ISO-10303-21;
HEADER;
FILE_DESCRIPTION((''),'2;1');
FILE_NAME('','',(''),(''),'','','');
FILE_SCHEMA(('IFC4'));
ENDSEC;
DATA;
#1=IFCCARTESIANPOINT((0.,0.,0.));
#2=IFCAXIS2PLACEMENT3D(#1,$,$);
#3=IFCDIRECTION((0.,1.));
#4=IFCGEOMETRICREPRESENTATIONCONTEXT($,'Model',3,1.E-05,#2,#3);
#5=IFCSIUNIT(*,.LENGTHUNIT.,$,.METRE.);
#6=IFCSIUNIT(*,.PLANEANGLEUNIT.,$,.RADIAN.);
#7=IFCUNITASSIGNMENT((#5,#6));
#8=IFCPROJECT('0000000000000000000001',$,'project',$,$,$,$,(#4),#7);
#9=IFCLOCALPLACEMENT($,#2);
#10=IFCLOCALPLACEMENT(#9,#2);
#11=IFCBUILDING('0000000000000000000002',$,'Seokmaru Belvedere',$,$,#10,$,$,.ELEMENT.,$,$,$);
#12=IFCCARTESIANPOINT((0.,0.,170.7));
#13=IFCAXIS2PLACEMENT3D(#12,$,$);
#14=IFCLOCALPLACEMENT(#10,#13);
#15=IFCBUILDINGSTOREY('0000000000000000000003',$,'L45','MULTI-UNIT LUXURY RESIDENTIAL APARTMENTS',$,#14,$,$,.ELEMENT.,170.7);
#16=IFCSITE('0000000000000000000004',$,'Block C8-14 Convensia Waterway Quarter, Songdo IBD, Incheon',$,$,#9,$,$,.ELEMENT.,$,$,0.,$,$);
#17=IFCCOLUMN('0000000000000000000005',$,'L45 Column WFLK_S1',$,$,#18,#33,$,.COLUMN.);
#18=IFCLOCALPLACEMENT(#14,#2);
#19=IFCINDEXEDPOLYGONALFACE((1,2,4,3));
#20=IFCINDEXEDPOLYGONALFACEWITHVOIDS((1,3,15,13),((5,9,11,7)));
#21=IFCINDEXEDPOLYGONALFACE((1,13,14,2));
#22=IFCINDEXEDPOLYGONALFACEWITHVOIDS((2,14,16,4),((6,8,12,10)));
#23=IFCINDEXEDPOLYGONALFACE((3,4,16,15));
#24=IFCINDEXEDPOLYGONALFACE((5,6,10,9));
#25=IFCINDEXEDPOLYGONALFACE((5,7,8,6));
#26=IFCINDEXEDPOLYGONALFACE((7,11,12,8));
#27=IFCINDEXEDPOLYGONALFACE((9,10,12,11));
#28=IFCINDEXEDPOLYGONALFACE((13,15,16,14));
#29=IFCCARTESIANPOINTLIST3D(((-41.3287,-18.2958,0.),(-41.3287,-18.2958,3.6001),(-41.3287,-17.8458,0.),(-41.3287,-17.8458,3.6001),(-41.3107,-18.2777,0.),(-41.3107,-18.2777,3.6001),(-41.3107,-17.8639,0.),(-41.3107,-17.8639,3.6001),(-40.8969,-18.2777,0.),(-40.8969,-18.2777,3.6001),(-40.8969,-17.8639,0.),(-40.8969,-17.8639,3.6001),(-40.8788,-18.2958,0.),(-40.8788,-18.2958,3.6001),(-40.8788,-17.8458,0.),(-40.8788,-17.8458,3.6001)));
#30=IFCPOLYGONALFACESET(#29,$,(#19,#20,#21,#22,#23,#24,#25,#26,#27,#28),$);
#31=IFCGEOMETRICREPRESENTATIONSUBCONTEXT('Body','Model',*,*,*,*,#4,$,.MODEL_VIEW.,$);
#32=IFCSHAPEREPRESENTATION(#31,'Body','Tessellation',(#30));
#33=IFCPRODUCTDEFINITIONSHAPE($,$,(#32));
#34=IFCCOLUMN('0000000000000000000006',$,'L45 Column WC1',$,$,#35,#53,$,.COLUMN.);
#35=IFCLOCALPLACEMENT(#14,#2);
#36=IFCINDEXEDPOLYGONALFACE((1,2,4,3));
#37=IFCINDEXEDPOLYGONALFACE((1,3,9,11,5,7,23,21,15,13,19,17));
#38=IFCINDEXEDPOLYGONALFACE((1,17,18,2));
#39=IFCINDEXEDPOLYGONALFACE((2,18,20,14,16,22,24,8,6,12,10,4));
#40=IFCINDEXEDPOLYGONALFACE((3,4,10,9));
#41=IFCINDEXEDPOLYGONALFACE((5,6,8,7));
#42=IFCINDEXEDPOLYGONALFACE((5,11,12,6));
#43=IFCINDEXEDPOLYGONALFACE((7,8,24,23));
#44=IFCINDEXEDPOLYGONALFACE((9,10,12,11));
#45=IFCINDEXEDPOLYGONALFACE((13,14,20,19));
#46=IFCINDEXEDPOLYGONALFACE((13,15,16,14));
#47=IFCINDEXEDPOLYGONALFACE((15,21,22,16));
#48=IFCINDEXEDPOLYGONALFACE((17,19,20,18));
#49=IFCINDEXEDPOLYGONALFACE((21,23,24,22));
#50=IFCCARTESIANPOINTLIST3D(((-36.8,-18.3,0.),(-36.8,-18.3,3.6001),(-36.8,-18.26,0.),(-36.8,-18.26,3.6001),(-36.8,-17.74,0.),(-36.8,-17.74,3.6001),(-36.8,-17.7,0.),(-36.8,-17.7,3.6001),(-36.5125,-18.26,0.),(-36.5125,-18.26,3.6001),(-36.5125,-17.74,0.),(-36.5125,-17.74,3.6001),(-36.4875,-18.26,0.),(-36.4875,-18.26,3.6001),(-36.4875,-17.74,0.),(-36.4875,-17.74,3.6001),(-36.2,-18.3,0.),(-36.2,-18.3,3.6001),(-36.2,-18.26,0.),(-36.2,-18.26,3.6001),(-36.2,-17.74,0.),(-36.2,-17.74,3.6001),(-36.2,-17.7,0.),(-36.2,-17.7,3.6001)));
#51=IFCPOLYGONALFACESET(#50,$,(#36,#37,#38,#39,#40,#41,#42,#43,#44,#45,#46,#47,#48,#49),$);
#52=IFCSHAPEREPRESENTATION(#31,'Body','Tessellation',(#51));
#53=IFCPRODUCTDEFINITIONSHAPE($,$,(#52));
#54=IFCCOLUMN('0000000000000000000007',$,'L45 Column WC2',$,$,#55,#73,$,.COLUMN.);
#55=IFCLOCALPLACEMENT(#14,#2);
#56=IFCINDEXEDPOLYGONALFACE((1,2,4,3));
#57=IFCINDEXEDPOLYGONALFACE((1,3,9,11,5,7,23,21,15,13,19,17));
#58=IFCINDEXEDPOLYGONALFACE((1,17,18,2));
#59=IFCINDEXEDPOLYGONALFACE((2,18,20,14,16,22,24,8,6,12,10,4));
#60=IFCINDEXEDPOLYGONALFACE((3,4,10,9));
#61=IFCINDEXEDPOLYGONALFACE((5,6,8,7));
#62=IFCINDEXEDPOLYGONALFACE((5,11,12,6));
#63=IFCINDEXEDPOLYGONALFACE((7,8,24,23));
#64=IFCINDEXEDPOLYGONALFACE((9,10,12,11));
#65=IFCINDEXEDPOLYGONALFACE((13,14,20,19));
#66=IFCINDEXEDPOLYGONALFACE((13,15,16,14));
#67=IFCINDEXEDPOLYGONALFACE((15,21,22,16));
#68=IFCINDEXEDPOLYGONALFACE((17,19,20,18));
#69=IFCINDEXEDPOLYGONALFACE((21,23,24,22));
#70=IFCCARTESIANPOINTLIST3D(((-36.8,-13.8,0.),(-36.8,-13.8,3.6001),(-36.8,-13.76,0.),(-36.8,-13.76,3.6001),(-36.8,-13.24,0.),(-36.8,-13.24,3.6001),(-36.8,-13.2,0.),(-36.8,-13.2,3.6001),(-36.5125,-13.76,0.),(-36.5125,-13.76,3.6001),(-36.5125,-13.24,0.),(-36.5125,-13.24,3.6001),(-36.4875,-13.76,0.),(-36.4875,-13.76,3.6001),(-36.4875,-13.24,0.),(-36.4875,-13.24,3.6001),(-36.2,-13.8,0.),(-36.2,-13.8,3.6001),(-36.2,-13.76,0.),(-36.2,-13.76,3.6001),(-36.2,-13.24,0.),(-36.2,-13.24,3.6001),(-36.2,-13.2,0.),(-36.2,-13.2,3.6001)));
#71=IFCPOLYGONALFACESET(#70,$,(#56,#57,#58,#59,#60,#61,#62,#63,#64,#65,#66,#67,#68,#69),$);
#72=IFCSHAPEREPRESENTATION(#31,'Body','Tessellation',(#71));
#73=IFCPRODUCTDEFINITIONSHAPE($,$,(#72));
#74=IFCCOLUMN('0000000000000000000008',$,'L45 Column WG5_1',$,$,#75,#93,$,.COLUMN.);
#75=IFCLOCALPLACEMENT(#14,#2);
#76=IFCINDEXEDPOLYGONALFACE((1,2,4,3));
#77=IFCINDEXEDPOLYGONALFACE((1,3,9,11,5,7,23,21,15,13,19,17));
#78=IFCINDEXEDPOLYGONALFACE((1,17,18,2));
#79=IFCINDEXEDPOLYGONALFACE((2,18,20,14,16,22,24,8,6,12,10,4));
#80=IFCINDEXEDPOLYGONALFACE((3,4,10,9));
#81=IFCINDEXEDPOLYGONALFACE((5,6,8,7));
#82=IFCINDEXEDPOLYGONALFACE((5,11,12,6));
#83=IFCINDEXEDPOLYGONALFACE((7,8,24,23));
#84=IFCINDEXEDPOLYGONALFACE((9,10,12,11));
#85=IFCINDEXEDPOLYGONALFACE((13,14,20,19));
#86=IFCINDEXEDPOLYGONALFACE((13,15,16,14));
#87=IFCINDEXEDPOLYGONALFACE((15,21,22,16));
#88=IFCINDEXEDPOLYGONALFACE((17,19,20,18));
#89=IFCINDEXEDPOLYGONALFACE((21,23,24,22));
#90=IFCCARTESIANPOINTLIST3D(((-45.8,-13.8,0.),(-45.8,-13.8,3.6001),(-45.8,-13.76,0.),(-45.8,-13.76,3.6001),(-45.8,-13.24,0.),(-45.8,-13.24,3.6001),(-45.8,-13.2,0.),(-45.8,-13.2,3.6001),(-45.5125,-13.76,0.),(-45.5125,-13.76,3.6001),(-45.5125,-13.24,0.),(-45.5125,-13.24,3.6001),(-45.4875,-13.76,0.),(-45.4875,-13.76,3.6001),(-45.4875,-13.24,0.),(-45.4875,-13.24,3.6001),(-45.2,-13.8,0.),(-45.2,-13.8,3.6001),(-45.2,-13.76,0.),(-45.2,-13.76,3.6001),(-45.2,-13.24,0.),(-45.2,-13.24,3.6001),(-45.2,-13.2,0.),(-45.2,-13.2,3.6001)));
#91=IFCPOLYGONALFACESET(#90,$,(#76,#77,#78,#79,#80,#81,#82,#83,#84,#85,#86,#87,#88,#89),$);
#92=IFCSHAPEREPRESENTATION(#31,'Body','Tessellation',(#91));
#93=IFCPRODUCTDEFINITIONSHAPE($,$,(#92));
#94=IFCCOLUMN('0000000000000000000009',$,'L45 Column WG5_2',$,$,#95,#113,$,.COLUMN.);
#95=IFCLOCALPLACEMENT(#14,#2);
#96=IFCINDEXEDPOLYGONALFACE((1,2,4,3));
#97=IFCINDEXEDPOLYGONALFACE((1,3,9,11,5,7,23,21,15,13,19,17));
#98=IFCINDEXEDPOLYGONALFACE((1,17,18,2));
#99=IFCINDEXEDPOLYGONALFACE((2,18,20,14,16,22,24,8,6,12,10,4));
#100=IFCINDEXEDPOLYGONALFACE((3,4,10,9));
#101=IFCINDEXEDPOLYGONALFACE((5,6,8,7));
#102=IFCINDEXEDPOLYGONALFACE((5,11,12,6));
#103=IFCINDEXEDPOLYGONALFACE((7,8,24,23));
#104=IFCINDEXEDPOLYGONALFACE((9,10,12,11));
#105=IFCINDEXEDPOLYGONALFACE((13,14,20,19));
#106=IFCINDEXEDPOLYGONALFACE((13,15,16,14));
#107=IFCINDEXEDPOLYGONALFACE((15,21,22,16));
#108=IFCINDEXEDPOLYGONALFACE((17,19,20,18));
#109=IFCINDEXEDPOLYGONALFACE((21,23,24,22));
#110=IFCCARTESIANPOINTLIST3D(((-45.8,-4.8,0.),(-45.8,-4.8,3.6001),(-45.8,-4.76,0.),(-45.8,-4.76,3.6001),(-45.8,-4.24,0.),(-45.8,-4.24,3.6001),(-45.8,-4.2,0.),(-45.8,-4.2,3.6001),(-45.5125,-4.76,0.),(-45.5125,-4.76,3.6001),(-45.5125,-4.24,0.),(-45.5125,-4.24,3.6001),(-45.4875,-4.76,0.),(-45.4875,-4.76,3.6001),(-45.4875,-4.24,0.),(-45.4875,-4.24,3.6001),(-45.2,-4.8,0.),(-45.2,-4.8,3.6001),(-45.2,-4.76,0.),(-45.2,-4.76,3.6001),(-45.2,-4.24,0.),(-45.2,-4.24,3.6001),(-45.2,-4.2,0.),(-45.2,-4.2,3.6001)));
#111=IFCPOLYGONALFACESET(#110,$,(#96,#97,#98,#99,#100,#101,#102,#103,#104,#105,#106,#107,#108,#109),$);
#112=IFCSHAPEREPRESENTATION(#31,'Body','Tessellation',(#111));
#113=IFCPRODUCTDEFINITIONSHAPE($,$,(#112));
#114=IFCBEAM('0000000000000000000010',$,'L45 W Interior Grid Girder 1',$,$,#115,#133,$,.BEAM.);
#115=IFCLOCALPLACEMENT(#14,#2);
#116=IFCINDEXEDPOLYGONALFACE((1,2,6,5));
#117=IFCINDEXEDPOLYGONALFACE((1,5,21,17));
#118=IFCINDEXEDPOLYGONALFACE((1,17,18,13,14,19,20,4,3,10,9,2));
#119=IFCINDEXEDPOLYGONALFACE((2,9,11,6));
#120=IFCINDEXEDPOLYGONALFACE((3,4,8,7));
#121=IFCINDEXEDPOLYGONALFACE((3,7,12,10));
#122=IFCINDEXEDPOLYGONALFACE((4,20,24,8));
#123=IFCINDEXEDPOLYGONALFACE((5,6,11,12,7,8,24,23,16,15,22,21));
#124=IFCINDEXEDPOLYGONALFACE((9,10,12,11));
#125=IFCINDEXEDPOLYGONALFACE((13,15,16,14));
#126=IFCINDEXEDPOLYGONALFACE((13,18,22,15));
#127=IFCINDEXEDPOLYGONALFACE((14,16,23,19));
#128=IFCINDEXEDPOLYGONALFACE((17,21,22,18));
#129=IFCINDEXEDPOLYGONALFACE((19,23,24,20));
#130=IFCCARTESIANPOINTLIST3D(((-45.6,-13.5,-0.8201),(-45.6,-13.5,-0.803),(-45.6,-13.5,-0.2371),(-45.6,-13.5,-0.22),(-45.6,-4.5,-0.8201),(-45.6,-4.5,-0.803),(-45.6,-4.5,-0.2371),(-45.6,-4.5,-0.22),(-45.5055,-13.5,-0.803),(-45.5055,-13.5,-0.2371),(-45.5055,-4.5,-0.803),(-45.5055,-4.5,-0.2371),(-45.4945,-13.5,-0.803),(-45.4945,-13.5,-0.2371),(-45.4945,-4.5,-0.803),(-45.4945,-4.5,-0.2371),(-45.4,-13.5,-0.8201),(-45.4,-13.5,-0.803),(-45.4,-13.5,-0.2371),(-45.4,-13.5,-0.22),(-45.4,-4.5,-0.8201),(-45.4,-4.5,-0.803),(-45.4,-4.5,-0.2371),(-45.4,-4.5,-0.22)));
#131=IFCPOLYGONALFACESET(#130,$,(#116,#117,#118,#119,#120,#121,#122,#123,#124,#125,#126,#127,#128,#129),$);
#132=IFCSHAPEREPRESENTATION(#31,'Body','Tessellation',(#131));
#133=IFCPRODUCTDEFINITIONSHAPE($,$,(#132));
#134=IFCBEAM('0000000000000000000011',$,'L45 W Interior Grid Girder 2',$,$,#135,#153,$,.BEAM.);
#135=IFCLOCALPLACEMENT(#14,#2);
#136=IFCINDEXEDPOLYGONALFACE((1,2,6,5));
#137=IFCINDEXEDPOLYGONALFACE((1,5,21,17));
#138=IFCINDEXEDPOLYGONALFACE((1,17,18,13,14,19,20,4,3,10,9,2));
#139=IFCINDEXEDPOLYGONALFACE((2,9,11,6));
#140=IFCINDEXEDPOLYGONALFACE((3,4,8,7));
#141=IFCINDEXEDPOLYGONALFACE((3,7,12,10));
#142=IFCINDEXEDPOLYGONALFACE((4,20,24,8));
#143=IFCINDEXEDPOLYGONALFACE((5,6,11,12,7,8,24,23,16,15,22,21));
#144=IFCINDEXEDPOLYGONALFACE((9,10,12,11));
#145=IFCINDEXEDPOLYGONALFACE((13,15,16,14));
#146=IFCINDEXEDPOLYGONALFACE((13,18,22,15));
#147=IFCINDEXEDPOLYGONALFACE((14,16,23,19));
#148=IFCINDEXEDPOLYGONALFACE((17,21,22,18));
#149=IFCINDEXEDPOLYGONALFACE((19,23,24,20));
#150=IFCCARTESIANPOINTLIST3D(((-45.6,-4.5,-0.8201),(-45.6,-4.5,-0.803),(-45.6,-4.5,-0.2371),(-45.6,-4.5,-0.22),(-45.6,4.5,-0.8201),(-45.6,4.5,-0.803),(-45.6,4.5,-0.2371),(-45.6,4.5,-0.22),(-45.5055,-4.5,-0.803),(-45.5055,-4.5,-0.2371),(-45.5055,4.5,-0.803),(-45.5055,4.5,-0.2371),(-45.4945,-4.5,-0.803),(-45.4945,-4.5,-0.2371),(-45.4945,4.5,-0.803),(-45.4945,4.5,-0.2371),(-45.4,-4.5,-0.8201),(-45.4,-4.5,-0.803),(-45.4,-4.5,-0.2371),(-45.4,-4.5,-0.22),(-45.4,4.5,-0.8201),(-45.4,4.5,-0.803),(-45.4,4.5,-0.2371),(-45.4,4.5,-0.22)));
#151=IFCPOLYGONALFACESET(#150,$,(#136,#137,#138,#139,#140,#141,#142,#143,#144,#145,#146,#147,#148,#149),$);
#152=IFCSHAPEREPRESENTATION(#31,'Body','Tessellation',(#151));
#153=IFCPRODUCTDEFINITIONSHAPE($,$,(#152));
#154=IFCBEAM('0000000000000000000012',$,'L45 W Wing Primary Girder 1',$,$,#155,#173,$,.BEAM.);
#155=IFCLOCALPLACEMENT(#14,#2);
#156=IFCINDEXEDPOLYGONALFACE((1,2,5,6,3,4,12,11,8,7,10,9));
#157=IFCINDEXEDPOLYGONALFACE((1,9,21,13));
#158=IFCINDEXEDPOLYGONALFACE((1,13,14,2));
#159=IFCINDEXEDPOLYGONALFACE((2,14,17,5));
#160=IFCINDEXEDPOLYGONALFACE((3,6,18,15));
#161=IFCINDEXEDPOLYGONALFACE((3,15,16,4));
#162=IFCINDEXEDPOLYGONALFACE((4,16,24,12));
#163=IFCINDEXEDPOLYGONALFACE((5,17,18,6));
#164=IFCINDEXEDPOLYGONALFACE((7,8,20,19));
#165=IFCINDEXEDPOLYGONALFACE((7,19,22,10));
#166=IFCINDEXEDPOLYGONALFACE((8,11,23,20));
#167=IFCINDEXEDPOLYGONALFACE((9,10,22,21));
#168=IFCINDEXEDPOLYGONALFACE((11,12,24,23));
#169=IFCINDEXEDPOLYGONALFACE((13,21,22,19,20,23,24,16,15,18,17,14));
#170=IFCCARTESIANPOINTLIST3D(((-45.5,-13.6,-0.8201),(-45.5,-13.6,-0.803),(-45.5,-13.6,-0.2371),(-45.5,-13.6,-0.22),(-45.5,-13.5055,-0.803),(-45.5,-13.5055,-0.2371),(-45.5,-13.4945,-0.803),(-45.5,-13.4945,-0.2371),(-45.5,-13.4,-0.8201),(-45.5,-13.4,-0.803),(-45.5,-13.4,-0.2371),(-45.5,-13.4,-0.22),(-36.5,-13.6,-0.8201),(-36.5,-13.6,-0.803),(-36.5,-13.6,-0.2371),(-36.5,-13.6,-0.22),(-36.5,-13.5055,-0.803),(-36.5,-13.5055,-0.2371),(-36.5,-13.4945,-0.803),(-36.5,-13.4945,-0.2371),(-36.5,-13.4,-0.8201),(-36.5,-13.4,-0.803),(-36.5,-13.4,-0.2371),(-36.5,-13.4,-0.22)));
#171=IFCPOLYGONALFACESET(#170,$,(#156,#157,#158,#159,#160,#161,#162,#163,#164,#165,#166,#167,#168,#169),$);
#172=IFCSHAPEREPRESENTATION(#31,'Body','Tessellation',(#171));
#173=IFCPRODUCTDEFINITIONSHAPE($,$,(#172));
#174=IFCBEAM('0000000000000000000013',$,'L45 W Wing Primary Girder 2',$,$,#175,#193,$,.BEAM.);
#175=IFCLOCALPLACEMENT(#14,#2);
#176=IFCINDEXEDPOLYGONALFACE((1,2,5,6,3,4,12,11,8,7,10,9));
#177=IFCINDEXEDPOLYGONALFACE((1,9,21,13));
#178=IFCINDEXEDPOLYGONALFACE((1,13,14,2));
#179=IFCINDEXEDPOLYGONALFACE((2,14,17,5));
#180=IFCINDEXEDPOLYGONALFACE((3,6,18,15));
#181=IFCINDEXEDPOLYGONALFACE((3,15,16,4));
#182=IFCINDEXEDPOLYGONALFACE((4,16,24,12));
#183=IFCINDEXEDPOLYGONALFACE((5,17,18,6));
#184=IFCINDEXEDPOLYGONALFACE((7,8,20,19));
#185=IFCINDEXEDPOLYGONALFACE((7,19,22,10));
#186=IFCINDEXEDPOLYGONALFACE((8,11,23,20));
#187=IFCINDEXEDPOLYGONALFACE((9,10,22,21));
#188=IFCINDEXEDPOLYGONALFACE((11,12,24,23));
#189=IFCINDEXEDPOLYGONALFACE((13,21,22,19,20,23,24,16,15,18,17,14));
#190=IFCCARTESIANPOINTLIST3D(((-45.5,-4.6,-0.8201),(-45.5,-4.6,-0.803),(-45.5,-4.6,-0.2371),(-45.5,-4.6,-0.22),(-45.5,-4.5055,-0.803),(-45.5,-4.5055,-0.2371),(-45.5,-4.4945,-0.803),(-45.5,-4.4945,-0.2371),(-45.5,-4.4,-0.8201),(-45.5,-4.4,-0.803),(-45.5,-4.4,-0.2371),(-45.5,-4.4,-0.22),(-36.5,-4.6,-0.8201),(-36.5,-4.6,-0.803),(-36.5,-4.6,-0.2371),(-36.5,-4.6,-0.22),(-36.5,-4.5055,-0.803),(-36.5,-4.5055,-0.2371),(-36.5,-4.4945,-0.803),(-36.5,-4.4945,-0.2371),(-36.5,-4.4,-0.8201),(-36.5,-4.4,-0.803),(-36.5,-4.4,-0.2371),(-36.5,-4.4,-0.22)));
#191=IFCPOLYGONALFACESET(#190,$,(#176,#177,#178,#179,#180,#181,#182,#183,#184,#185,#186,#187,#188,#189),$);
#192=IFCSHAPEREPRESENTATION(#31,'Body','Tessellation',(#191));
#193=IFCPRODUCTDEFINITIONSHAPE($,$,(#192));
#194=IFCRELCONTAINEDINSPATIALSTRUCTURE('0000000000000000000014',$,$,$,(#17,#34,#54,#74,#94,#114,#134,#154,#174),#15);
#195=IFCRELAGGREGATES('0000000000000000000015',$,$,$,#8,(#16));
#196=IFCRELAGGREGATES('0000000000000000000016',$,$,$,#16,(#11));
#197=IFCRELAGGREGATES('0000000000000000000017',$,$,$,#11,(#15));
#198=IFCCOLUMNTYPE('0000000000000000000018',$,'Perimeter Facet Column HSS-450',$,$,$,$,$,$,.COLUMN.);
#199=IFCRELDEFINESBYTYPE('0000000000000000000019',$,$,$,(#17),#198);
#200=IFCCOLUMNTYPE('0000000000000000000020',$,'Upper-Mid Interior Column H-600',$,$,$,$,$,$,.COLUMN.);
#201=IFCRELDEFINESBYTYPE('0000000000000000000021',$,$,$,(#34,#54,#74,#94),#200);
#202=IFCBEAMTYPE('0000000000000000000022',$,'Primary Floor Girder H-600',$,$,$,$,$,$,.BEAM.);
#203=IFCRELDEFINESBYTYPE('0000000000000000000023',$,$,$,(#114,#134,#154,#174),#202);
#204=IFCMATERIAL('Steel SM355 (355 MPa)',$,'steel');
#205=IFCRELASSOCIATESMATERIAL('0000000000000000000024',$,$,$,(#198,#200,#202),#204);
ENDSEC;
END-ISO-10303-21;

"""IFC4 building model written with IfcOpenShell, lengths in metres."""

from ifc_helpers import new_model, si_unit, direction, frame, origin, origin_2d, place, context, subcontext, project, spatial, hollow_rectangle, i_section, extrude, source, transform, mapped, material, material_profile, profile_set, type_object, type_shapes, element, save


model = new_model("IFC4")

# Units and contexts
model_context = context("Model", 3, precision=1e-05, world=origin(), true_north=direction((0.0, 1.0)))
body_context = subcontext(model_context, "Body", "Model", "MODEL_VIEW")
ifc_project = project(units=[si_unit("LENGTHUNIT", "METRE"), si_unit("PLANEANGLEUNIT", "RADIAN")], contexts=[model_context])

# Site, building, storey
site_placement = place(None, origin())
site = spatial("IfcSite", under=ifc_project, at=site_placement, Name="Block C8-14 Convensia Waterway Quarter, Songdo IBD, Incheon", CompositionType="ELEMENT", RefElevation=0.0)
building_placement = place(site_placement, origin())
building = spatial("IfcBuilding", under=site, at=building_placement, Name="Seokmaru Belvedere", CompositionType="ELEMENT")
storey_placement = place(building_placement, frame((0.0, 0.0, 170.7)))
storey = spatial("IfcBuildingStorey", under=building, at=storey_placement, Name="L45", Description="MULTI-UNIT LUXURY RESIDENTIAL APARTMENTS", CompositionType="ELEMENT", Elevation=170.7)

# Columns
ifc_material_1 = material(Name="Steel SM355 (355 MPa)", Category="steel")
ifc_material_profile_1 = material_profile(ifc_material_1, hollow_rectangle(XDim=0.45, YDim=0.45, WallThickness=0.0181, at=origin_2d()), Name="HSS-450x450x18")
ifc_profile_set_1 = profile_set([ifc_material_profile_1], Name="Steel SM355 (355 MPa)")
column_type_1 = type_object("IfcColumnType", Name="Perimeter Facet Column HSS-450", PredefinedType="COLUMN", material=ifc_profile_set_1)
shared_shape_1 = source(origin(), body_context, "Body", "SweptSolid", [
    extrude(hollow_rectangle(XDim=0.45, YDim=0.45, WallThickness=0.0181, at=origin_2d()), origin(), (0.0, 0.0, 1.0), 3.6001),
])
type_shapes(column_type_1, [shared_shape_1])
column_placement = place(storey_placement, frame((-41.1038, -18.0708, 0.0), z_axis=(0.0, 0.0, 1.0), x_axis=(1.0, 0.0, 0.0)))
element("IfcColumn", 1, at=column_placement, inside=storey, type_object=column_type_1, Name="L45 Column WFLK_S1", PredefinedType="COLUMN", context=body_context, shape_type="MappedRepresentation", body=[
    mapped(shared_shape_1, transform((0.0, 0.0, 0.0), scale=1.0)),
])
ifc_material_profile_2 = material_profile(ifc_material_1, i_section(OverallWidth=0.6001, OverallDepth=0.6001, WebThickness=0.0249, FlangeThickness=0.04, at=origin_2d()), Name="H-600x600x25x40")
ifc_profile_set_2 = profile_set([ifc_material_profile_2], Name="Steel SM355 (355 MPa)")
column_type_2 = type_object("IfcColumnType", Name="Upper-Mid Interior Column H-600", PredefinedType="COLUMN", material=ifc_profile_set_2)
shared_shape_2 = source(origin(), body_context, "Body", "SweptSolid", [
    extrude(i_section(OverallWidth=0.6001, OverallDepth=0.6001, WebThickness=0.0249, FlangeThickness=0.04, at=origin_2d()), origin(), (0.0, 0.0, 1.0), 3.6001),
])
type_shapes(column_type_2, [shared_shape_2])
for number, where, z_axis, x_axis, name in (
    (2, (-36.5, -18.0, 0.0), (0.0, 0.0, 1.0), (1.0, 0.0, 0.0), "L45 Column WC1"),
    (3, (-36.5, -13.5, 0.0), (0.0, 0.0, 1.0), (1.0, 0.0, 0.0), "L45 Column WC2"),
    (4, (-45.5, -13.5, 0.0), (0.0, 0.0, 1.0), (1.0, 0.0, 0.0), "L45 Column WG5_1"),
    (5, (-45.5, -4.5, 0.0), (0.0, 0.0, 1.0), (1.0, 0.0, 0.0), "L45 Column WG5_2"),
):
    element("IfcColumn", number, at=place(storey_placement, frame(where, z_axis=z_axis, x_axis=x_axis)), inside=storey, type_object=column_type_2, Name=name, PredefinedType="COLUMN", context=body_context, shape_type="MappedRepresentation", body=[
        mapped(shared_shape_2, transform((0.0, 0.0, 0.0), scale=1.0)),
    ])

# Beams
ifc_material_profile_3 = material_profile(ifc_material_1, i_section(OverallWidth=0.2, OverallDepth=0.6001, WebThickness=0.011, FlangeThickness=0.0171, at=origin_2d()), Name="H-600x200x11x17")
ifc_profile_set_3 = profile_set([ifc_material_profile_3], Name="Steel SM355 (355 MPa)")
beam_type_1 = type_object("IfcBeamType", Name="Primary Floor Girder H-600", PredefinedType="BEAM", material=ifc_profile_set_3)
shared_shape_3 = source(origin(), body_context, "Body", "SweptSolid", [
    extrude(i_section(OverallWidth=0.2, OverallDepth=0.6001, WebThickness=0.011, FlangeThickness=0.0171, at=origin_2d()), origin(), (0.0, 0.0, 1.0), 9.0),
])
for number, where, z_axis, x_axis, name in (
    (6, (-45.5, -13.5, -0.52), (0.0, 1.0, 0.0), (-1.0, 0.0, 0.0), "L45 W Interior Grid Girder 1"),
    (7, (-45.5, -4.5, -0.52), (0.0, 1.0, 0.0), (-1.0, 0.0, 0.0), "L45 W Interior Grid Girder 2"),
    (8, (-45.5, -13.5, -0.52), (1.0, 0.0, 0.0), (0.0, 1.0, 0.0), "L45 W Wing Primary Girder 1"),
    (9, (-45.5, -4.5, -0.52), (1.0, 0.0, 0.0), (0.0, 1.0, 0.0), "L45 W Wing Primary Girder 2"),
):
    element("IfcBeam", number, at=place(storey_placement, frame(where, z_axis=z_axis, x_axis=x_axis)), inside=storey, type_object=beam_type_1, Name=name, PredefinedType="BEAM", context=body_context, shape_type="MappedRepresentation", body=[
        mapped(shared_shape_3, transform((0.0, 0.0, 0.0), scale=1.0)),
    ])

save(model, "model.ifc")
